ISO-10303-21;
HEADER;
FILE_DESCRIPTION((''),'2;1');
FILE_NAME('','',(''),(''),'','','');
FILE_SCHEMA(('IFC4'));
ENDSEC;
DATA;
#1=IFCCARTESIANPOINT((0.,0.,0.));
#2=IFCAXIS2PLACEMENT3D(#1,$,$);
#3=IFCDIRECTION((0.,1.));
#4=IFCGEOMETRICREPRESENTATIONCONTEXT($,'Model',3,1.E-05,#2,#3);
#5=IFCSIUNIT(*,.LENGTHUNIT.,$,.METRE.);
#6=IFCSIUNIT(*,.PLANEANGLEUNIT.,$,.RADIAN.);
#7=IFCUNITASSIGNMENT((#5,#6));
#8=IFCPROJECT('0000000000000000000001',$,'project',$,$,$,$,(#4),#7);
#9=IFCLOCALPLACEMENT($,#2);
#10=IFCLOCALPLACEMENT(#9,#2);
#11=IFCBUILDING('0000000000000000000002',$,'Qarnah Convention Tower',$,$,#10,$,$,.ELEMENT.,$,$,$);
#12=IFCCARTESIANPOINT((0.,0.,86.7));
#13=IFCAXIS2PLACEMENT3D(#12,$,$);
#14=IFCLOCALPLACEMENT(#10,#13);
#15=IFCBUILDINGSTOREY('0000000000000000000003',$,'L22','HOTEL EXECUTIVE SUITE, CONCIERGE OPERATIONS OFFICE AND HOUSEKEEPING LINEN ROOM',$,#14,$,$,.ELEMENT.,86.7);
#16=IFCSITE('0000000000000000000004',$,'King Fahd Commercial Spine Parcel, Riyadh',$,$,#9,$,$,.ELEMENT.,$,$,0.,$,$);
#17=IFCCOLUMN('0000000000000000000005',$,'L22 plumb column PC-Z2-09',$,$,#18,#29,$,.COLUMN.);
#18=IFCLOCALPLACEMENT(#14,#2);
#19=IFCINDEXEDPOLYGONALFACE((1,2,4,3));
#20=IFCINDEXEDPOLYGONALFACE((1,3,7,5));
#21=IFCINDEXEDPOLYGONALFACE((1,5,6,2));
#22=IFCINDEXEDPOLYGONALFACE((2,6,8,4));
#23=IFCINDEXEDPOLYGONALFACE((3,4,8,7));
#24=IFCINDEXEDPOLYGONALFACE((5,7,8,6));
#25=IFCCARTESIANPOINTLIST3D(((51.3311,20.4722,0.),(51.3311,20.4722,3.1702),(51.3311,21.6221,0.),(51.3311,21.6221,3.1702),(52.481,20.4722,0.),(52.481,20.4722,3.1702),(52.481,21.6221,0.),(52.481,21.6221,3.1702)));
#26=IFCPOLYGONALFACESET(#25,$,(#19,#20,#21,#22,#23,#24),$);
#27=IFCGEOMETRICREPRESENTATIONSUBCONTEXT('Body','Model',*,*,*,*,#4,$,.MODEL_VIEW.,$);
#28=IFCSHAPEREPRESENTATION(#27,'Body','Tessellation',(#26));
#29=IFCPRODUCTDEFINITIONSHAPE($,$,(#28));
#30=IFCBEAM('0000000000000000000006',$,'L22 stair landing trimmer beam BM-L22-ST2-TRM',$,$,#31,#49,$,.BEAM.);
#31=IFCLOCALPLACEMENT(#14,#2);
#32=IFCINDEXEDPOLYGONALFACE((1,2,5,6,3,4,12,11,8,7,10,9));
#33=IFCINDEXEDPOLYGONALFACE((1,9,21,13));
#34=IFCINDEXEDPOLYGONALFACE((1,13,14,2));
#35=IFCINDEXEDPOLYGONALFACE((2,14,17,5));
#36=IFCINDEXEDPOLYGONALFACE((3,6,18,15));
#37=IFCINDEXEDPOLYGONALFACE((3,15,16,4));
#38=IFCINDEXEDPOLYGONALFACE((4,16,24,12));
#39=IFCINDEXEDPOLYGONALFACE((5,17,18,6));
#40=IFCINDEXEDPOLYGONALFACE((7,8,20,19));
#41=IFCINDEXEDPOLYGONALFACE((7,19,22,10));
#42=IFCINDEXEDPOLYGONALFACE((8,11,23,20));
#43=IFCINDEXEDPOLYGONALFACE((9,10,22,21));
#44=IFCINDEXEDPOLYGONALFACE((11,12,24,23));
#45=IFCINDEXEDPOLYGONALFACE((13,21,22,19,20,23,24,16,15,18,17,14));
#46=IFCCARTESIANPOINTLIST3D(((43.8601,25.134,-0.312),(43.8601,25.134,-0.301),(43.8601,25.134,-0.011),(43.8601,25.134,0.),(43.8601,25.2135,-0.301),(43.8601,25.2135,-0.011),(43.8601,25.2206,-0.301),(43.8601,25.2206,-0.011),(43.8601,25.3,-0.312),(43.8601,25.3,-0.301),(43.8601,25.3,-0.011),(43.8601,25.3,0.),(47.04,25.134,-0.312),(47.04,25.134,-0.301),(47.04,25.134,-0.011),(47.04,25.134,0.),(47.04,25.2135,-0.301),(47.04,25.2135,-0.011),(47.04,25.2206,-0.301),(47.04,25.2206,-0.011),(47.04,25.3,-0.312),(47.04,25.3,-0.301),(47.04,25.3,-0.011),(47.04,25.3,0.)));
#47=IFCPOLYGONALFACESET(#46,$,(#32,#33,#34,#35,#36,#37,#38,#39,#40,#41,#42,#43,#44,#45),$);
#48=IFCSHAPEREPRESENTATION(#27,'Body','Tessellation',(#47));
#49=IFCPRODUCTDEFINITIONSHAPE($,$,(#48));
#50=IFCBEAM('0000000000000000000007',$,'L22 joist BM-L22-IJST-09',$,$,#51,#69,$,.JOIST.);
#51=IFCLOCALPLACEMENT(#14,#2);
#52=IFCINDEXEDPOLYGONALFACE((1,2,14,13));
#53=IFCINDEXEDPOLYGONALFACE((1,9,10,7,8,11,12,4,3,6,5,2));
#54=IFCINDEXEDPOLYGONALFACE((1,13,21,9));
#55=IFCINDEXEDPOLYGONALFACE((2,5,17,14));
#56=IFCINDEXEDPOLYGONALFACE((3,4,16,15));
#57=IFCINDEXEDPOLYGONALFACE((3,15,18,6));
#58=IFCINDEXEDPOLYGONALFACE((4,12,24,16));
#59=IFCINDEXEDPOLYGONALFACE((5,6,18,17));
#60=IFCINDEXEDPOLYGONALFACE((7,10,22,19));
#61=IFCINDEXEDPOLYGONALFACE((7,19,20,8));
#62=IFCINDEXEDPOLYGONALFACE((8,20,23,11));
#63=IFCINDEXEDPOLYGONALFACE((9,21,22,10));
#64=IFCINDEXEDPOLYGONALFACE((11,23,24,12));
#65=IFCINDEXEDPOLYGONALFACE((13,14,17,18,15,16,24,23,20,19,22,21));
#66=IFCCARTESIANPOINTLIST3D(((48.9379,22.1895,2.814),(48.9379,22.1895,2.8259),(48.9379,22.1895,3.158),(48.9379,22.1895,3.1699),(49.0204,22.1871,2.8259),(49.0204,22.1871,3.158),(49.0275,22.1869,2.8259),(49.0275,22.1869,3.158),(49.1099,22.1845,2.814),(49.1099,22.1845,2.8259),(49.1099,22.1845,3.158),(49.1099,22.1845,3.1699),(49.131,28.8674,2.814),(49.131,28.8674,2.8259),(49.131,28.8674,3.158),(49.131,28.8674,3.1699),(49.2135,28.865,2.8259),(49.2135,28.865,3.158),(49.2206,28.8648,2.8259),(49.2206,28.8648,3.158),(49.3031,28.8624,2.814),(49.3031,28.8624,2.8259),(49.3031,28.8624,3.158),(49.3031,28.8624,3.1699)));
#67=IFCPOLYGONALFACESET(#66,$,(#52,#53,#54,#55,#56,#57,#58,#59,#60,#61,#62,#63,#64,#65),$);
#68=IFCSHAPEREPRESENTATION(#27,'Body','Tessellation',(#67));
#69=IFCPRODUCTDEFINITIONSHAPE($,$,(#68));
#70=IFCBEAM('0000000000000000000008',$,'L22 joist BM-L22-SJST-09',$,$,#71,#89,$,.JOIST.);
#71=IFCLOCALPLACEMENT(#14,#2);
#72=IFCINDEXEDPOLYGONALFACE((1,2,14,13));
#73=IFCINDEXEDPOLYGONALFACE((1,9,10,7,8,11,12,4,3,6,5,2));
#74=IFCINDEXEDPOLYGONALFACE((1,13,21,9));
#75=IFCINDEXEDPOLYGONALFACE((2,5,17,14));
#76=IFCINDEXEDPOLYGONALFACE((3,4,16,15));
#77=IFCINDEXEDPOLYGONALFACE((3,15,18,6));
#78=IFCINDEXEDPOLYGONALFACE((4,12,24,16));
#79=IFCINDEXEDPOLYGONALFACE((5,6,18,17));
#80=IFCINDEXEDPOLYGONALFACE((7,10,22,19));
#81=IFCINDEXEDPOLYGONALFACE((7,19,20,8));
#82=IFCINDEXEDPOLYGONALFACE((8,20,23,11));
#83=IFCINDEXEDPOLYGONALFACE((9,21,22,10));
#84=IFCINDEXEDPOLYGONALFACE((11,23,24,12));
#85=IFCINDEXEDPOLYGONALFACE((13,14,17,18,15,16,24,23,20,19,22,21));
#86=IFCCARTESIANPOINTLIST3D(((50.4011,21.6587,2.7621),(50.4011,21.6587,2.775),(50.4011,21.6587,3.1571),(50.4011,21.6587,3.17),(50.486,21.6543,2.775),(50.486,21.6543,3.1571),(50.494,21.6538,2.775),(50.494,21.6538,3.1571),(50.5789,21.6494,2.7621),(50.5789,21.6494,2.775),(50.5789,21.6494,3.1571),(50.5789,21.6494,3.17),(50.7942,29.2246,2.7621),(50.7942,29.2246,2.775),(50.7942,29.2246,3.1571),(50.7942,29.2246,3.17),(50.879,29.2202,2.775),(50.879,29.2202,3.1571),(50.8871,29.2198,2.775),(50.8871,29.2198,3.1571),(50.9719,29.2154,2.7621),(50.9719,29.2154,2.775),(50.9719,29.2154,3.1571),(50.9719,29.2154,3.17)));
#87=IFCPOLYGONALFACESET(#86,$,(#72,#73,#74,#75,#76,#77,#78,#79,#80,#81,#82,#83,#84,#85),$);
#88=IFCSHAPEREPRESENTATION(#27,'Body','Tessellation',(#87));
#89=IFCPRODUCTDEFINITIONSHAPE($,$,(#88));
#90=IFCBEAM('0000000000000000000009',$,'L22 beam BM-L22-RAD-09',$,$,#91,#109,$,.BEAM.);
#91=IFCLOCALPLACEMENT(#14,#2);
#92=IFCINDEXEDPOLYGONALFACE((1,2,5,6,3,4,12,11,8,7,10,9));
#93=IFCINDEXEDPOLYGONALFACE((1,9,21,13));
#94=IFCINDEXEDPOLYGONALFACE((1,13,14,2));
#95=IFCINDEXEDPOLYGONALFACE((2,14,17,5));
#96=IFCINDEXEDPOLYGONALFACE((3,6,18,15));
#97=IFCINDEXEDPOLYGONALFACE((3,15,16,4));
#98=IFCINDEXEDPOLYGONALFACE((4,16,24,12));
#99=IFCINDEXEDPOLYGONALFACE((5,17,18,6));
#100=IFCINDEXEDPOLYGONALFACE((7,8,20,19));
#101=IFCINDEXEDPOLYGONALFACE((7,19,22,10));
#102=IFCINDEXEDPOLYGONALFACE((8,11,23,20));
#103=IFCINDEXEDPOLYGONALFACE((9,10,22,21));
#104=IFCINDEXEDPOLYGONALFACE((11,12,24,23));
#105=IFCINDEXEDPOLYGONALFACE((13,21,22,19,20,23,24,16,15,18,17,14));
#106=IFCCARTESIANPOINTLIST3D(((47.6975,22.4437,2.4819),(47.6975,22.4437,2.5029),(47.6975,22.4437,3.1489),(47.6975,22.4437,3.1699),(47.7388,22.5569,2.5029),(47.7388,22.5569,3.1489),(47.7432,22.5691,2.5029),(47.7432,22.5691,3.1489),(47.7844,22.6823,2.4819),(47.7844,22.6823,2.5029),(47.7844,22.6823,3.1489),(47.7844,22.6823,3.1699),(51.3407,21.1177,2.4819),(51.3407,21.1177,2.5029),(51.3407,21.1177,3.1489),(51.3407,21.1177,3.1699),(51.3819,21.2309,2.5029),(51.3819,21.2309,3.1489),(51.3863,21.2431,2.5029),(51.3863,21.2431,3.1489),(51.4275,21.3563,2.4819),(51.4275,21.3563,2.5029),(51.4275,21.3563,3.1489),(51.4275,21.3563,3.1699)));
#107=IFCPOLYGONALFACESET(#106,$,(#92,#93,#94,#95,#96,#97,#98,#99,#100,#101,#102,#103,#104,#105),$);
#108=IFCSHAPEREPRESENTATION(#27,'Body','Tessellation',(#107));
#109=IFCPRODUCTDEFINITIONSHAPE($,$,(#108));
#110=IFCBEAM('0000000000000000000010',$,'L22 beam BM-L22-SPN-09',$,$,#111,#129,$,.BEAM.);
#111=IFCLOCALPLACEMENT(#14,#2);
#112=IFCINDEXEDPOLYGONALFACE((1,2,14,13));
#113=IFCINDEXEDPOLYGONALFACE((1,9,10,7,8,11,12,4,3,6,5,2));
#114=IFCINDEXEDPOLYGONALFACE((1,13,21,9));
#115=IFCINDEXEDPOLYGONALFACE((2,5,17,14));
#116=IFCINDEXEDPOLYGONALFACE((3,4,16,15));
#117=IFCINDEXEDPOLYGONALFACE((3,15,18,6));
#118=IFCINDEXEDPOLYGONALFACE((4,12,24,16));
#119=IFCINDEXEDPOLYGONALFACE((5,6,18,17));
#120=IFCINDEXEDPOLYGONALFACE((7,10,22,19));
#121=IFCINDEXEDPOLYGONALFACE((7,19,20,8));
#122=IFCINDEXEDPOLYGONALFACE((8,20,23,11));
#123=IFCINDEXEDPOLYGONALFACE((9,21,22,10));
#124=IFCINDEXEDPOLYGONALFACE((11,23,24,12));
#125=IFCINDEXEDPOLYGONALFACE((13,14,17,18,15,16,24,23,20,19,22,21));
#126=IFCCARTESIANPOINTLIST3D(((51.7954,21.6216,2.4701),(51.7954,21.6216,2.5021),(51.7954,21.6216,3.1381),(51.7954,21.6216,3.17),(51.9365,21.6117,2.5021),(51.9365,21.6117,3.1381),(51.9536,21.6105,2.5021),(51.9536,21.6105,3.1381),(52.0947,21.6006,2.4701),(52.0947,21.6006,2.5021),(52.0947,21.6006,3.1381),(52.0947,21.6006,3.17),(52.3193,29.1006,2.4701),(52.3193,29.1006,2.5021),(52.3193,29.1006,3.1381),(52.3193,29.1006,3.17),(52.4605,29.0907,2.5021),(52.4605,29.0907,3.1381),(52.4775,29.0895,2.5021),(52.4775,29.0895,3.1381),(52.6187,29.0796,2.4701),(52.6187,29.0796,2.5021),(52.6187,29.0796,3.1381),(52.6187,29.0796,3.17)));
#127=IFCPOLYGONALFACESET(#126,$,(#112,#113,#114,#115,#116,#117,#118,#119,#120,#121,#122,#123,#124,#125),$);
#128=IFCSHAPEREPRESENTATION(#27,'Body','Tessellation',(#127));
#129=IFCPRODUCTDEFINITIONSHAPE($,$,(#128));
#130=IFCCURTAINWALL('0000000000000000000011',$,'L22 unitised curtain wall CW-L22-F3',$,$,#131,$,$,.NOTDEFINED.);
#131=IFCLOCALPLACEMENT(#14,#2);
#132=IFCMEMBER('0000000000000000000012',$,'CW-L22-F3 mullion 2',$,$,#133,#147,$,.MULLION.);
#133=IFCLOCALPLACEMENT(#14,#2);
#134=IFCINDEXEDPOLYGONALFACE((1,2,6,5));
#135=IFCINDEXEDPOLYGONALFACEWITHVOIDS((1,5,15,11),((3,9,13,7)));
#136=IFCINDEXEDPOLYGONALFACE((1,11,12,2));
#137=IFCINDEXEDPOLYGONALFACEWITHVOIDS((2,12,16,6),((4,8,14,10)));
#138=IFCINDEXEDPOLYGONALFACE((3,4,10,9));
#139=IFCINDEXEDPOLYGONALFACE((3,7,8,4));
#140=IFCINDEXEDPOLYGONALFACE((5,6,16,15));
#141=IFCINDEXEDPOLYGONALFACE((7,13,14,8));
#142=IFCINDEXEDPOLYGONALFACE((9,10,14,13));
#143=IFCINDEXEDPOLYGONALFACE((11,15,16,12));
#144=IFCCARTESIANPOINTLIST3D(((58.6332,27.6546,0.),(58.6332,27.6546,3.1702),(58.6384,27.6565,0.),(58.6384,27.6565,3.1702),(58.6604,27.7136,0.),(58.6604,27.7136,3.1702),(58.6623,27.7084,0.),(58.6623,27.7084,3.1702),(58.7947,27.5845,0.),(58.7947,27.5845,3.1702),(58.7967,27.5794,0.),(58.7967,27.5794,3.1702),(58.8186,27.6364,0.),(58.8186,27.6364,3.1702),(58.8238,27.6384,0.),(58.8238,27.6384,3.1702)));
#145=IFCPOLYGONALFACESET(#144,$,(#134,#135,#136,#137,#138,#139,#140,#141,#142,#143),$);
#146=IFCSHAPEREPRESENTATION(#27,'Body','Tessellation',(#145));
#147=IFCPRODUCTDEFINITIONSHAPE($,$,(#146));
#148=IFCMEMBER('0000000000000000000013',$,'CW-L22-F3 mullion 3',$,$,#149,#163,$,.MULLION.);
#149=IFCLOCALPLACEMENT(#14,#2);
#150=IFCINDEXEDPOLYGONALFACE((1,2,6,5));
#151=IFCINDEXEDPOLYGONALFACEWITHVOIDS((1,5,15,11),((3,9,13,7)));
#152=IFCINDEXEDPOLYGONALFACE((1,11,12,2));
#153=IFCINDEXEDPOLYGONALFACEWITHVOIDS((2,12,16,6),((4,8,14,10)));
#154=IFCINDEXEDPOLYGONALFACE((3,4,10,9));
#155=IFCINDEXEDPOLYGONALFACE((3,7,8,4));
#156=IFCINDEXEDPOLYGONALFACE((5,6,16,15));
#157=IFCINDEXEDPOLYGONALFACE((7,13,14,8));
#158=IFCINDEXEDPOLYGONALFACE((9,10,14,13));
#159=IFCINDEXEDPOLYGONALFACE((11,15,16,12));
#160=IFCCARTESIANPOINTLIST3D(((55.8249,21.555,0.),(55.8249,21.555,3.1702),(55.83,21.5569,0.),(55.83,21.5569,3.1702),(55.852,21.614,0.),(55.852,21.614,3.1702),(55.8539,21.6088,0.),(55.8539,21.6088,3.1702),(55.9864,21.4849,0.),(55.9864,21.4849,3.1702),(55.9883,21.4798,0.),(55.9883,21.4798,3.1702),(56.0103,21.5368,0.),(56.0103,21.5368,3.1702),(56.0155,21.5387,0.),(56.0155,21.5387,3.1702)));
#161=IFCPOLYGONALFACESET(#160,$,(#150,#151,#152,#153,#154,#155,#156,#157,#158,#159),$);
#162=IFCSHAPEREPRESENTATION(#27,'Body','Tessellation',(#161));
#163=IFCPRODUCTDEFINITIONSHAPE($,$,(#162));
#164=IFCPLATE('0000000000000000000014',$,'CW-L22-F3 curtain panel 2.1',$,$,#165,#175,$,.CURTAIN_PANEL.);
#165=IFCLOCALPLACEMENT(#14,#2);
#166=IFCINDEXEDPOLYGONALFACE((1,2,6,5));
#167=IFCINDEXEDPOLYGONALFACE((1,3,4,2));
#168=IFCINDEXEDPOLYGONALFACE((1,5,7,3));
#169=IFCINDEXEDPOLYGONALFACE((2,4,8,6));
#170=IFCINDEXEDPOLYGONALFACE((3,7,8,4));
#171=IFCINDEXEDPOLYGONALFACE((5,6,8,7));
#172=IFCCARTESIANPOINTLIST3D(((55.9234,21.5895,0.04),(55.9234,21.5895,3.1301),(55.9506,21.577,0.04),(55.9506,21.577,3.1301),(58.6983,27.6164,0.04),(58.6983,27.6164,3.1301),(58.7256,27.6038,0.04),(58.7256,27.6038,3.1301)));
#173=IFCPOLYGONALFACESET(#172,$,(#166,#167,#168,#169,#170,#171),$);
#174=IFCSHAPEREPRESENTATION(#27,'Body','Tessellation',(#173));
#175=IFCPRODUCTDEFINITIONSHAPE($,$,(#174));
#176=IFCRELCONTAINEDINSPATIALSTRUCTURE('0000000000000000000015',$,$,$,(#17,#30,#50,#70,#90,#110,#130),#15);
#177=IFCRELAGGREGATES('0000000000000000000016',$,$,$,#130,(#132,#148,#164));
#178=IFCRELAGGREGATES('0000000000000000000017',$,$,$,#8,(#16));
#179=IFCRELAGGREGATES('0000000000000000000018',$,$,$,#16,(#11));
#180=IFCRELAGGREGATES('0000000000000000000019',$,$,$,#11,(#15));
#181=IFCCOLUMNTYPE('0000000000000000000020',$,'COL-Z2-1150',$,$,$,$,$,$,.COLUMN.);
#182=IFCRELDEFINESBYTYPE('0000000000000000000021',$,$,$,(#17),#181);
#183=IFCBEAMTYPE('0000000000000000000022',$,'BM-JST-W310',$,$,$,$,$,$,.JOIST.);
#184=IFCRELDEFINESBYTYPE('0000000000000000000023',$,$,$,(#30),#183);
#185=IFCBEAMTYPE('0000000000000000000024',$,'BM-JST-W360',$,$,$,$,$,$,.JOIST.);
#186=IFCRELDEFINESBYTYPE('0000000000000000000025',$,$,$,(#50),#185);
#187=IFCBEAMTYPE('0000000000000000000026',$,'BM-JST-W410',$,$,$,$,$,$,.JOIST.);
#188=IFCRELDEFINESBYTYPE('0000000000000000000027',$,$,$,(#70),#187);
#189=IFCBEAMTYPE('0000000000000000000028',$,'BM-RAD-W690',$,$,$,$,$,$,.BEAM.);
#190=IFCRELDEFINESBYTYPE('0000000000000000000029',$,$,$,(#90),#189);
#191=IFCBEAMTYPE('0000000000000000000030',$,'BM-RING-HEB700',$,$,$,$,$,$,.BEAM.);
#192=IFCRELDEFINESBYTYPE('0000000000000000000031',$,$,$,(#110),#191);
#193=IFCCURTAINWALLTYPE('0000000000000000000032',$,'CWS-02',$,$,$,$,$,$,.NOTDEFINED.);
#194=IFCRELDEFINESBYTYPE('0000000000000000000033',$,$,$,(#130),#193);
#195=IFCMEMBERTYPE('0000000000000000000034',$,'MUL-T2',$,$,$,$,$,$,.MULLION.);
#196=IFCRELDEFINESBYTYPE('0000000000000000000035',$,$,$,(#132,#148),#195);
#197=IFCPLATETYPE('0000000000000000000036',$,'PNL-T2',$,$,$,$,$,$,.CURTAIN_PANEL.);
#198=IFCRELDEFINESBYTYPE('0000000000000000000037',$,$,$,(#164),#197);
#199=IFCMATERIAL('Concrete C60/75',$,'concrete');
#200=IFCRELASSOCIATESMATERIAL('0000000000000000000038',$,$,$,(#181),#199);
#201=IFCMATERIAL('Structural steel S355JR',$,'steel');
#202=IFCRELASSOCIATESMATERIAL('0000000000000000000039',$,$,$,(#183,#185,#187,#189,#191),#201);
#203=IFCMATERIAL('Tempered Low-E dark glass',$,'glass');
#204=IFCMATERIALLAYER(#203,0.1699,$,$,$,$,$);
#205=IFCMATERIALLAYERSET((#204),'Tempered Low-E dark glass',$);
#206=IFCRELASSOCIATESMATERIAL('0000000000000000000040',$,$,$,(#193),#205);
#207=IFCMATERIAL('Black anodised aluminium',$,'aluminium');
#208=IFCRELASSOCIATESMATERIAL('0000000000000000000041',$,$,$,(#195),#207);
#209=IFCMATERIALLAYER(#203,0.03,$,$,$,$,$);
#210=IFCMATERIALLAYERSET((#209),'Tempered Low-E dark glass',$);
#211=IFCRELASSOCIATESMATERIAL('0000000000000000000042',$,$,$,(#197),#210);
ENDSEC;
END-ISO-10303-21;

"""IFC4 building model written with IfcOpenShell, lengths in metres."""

from ifc_helpers import new_model, si_unit, direction, frame, origin, origin_2d, place, context, subcontext, project, spatial, rectangle, hollow_rectangle, i_section, extrude, material, layer, layer_set, material_profile, profile_set, type_object, element, aggregate, save


model = new_model("IFC4")

# Units and contexts
model_context = context("Model", 3, precision=1e-05, world=origin(), true_north=direction((0.0, 1.0)))
body_context = subcontext(model_context, "Body", "Model", "MODEL_VIEW")
ifc_project = project(units=[si_unit("LENGTHUNIT", "METRE"), si_unit("PLANEANGLEUNIT", "RADIAN")], contexts=[model_context])

# Site, building, storey
site_placement = place(None, origin())
site = spatial("IfcSite", under=ifc_project, at=site_placement, Name="King Fahd Commercial Spine Parcel, Riyadh", CompositionType="ELEMENT", RefElevation=0.0)
building_placement = place(site_placement, origin())
building = spatial("IfcBuilding", under=site, at=building_placement, Name="Qarnah Convention Tower", CompositionType="ELEMENT")
storey_placement = place(building_placement, frame((0.0, 0.0, 86.7)))
storey = spatial("IfcBuildingStorey", under=building, at=storey_placement, Name="L22", Description="HOTEL EXECUTIVE SUITE, CONCIERGE OPERATIONS OFFICE AND HOUSEKEEPING LINEN ROOM", CompositionType="ELEMENT", Elevation=86.7)

# Column
ifc_material_1 = material(Name="Concrete C60/75", Category="concrete")
ifc_material_profile_1 = material_profile(ifc_material_1, rectangle(XDim=1.1499, YDim=1.1499, at=origin_2d()), Name="RC-COL-1150X1150")
ifc_profile_set_1 = profile_set([ifc_material_profile_1], Name="Concrete C60/75")
column_type = type_object("IfcColumnType", Name="COL-Z2-1150", PredefinedType="COLUMN", material=ifc_profile_set_1)
column_placement = place(storey_placement, frame((51.906, 21.0471, 0.0), z_axis=(0.0, 0.0, 1.0), x_axis=(1.0, 0.0, 0.0)))
element("IfcColumn", 1, at=column_placement, inside=storey, type_object=column_type, Name="L22 plumb column PC-Z2-09", PredefinedType="COLUMN", context=body_context, shape_type="SweptSolid", body=[
    extrude(rectangle(XDim=1.1499, YDim=1.1499, at=origin_2d()), origin(), (0.0, 0.0, 1.0), 3.1702),
])

# Beams
ifc_material_2 = material(Name="Structural steel S355JR", Category="steel")
ifc_material_profile_2 = material_profile(ifc_material_2, i_section(OverallWidth=0.166, OverallDepth=0.312, WebThickness=0.0071, FlangeThickness=0.011, at=origin_2d()), Name="W310X45")
ifc_profile_set_2 = profile_set([ifc_material_profile_2], Name="Structural steel S355JR")
beam_type_1 = type_object("IfcBeamType", Name="BM-JST-W310", PredefinedType="JOIST", material=ifc_profile_set_2)
beam_1_placement = place(storey_placement, frame((43.8601, 25.217, -0.156), z_axis=(1.0, 0.0, 0.0), x_axis=(0.0, 1.0, 0.0)))
element("IfcBeam", 2, at=beam_1_placement, inside=storey, type_object=beam_type_1, Name="L22 stair landing trimmer beam BM-L22-ST2-TRM", PredefinedType="BEAM", context=body_context, shape_type="SweptSolid", body=[
    extrude(i_section(OverallWidth=0.166, OverallDepth=0.312, WebThickness=0.0071, FlangeThickness=0.011, at=origin_2d()), origin(), (0.0, 0.0, 1.0), 3.1799),
])
ifc_material_profile_3 = material_profile(ifc_material_2, i_section(OverallWidth=0.1721, OverallDepth=0.356, WebThickness=0.0071, FlangeThickness=0.012, at=origin_2d()), Name="W360X51")
ifc_profile_set_3 = profile_set([ifc_material_profile_3], Name="Structural steel S355JR")
beam_type_2 = type_object("IfcBeamType", Name="BM-JST-W360", PredefinedType="JOIST", material=ifc_profile_set_3)
beam_2_placement = place(storey_placement, frame((49.0239, 22.187, 2.9919), z_axis=(0.028906, 0.999582, 0.0), x_axis=(-0.999582, 0.028906, 0.0)))
element("IfcBeam", 3, at=beam_2_placement, inside=storey, type_object=beam_type_2, Name="L22 joist BM-L22-IJST-09", PredefinedType="JOIST", context=body_context, shape_type="SweptSolid", body=[
    extrude(i_section(OverallWidth=0.1721, OverallDepth=0.356, WebThickness=0.0071, FlangeThickness=0.012, at=origin_2d()), origin(), (0.0, 0.0, 1.0), 6.6807),
])
ifc_material_profile_4 = material_profile(ifc_material_2, i_section(OverallWidth=0.178, OverallDepth=0.408, WebThickness=0.0081, FlangeThickness=0.0129, at=origin_2d()), Name="W410X60")
ifc_profile_set_4 = profile_set([ifc_material_profile_4], Name="Structural steel S355JR")
beam_type_3 = type_object("IfcBeamType", Name="BM-JST-W410", PredefinedType="JOIST", material=ifc_profile_set_4)
beam_3_placement = place(storey_placement, frame((50.49, 21.6541, 2.9661), z_axis=(0.051882, 0.998653, 0.0), x_axis=(-0.998653, 0.051882, 0.0)))
element("IfcBeam", 4, at=beam_3_placement, inside=storey, type_object=beam_type_3, Name="L22 joist BM-L22-SJST-09", PredefinedType="JOIST", context=body_context, shape_type="SweptSolid", body=[
    extrude(i_section(OverallWidth=0.178, OverallDepth=0.408, WebThickness=0.0081, FlangeThickness=0.0129, at=origin_2d()), origin(), (0.0, 0.0, 1.0), 7.5762),
])
ifc_material_profile_5 = material_profile(ifc_material_2, i_section(OverallWidth=0.2539, OverallDepth=0.688, WebThickness=0.0129, FlangeThickness=0.021, at=origin_2d()), Name="W690X152")
ifc_profile_set_5 = profile_set([ifc_material_profile_5], Name="Structural steel S355JR")
beam_type_4 = type_object("IfcBeamType", Name="BM-RAD-W690", PredefinedType="BEAM", material=ifc_profile_set_5)
beam_4_placement = place(storey_placement, frame((47.741, 22.563, 2.8259), z_axis=(0.939696, -0.342011, 0.0), x_axis=(0.342011, 0.939696, 0.0)))
element("IfcBeam", 5, at=beam_4_placement, inside=storey, type_object=beam_type_4, Name="L22 beam BM-L22-RAD-09", PredefinedType="BEAM", context=body_context, shape_type="SweptSolid", body=[
    extrude(i_section(OverallWidth=0.2539, OverallDepth=0.688, WebThickness=0.0129, FlangeThickness=0.021, at=origin_2d()), origin(), (0.0, 0.0, 1.0), 3.877),
])
ifc_material_profile_6 = material_profile(ifc_material_2, i_section(OverallWidth=0.3, OverallDepth=0.7, WebThickness=0.0171, FlangeThickness=0.032, at=origin_2d()), Name="HEB700")
ifc_profile_set_6 = profile_set([ifc_material_profile_6], Name="Structural steel S355JR")
beam_type_5 = type_object("IfcBeamType", Name="BM-RING-HEB700", PredefinedType="BEAM", material=ifc_profile_set_6)
beam_5_placement = place(storey_placement, frame((51.9451, 21.6111, 2.8201), z_axis=(0.069882, 0.997555, 0.0), x_axis=(-0.997555, 0.069882, 0.0)))
element("IfcBeam", 6, at=beam_5_placement, inside=storey, type_object=beam_type_5, Name="L22 beam BM-L22-SPN-09", PredefinedType="BEAM", context=body_context, shape_type="SweptSolid", body=[
    extrude(i_section(OverallWidth=0.3, OverallDepth=0.7, WebThickness=0.0171, FlangeThickness=0.032, at=origin_2d()), origin(), (0.0, 0.0, 1.0), 7.4973),
])

# Curtain wall, members, plate
ifc_material_3 = material(Name="Tempered Low-E dark glass", Category="glass")
ifc_layer_1 = layer(ifc_material_3, 0.1699)
ifc_layer_set_1 = layer_set([ifc_layer_1], Name="Tempered Low-E dark glass")
curtain_wall_type = type_object("IfcCurtainWallType", Name="CWS-02", PredefinedType="NOTDEFINED", material=ifc_layer_set_1)
curtain_wall_placement = place(storey_placement, origin())
curtain_wall = element("IfcCurtainWall", 7, at=curtain_wall_placement, inside=storey, type_object=curtain_wall_type, Name="L22 unitised curtain wall CW-L22-F3", PredefinedType="NOTDEFINED")
ifc_material_4 = material(Name="Black anodised aluminium", Category="aluminium")
ifc_material_profile_7 = material_profile(ifc_material_4, hollow_rectangle(XDim=0.0649, YDim=0.1799, WallThickness=0.0039, at=origin_2d()), Name="MUL-65X180")
ifc_profile_set_7 = profile_set([ifc_material_profile_7], Name="Black anodised aluminium")
member_type = type_object("IfcMemberType", Name="MUL-T2", PredefinedType="MULLION", material=ifc_profile_set_7)
member_1_placement = place(storey_placement, frame((58.7285, 27.6465, 0.0), z_axis=(0.0, 0.0, 1.0), x_axis=(-0.418223, -0.908344, 0.0)))
member_1 = element("IfcMember", 8, at=member_1_placement, type_object=member_type, Name="CW-L22-F3 mullion 2", PredefinedType="MULLION", context=body_context, shape_type="SweptSolid", body=[
    extrude(hollow_rectangle(XDim=0.0649, YDim=0.1799, WallThickness=0.0039, at=origin_2d()), origin(), (0.0, 0.0, 1.0), 3.1702),
])
member_2_placement = place(storey_placement, frame((55.9202, 21.5469, 0.0), z_axis=(0.0, 0.0, 1.0), x_axis=(-0.418223, -0.908344, 0.0)))
member_2 = element("IfcMember", 9, at=member_2_placement, type_object=member_type, Name="CW-L22-F3 mullion 3", PredefinedType="MULLION", context=body_context, shape_type="SweptSolid", body=[
    extrude(hollow_rectangle(XDim=0.0649, YDim=0.1799, WallThickness=0.0039, at=origin_2d()), origin(), (0.0, 0.0, 1.0), 3.1702),
])
ifc_layer_2 = layer(ifc_material_3, 0.03)
ifc_layer_set_2 = layer_set([ifc_layer_2], Name="Tempered Low-E dark glass")
plate_type = type_object("IfcPlateType", Name="PNL-T2", PredefinedType="CURTAIN_PANEL", material=ifc_layer_set_2)
plate_placement = place(storey_placement, frame((57.3245, 24.5967, 0.04), z_axis=(0.0, 0.0, 1.0), x_axis=(-0.418223, -0.908344, 0.0)))
plate = element("IfcPlate", 10, at=plate_placement, type_object=plate_type, Name="CW-L22-F3 curtain panel 2.1", PredefinedType="CURTAIN_PANEL", context=body_context, shape_type="SweptSolid", body=[
    extrude(rectangle(XDim=6.635, YDim=0.03, at=origin_2d()), origin(), (0.0, 0.0, 1.0), 3.0901),
])
aggregate(curtain_wall, [member_1, member_2, plate])

save(model, "model.ifc")
